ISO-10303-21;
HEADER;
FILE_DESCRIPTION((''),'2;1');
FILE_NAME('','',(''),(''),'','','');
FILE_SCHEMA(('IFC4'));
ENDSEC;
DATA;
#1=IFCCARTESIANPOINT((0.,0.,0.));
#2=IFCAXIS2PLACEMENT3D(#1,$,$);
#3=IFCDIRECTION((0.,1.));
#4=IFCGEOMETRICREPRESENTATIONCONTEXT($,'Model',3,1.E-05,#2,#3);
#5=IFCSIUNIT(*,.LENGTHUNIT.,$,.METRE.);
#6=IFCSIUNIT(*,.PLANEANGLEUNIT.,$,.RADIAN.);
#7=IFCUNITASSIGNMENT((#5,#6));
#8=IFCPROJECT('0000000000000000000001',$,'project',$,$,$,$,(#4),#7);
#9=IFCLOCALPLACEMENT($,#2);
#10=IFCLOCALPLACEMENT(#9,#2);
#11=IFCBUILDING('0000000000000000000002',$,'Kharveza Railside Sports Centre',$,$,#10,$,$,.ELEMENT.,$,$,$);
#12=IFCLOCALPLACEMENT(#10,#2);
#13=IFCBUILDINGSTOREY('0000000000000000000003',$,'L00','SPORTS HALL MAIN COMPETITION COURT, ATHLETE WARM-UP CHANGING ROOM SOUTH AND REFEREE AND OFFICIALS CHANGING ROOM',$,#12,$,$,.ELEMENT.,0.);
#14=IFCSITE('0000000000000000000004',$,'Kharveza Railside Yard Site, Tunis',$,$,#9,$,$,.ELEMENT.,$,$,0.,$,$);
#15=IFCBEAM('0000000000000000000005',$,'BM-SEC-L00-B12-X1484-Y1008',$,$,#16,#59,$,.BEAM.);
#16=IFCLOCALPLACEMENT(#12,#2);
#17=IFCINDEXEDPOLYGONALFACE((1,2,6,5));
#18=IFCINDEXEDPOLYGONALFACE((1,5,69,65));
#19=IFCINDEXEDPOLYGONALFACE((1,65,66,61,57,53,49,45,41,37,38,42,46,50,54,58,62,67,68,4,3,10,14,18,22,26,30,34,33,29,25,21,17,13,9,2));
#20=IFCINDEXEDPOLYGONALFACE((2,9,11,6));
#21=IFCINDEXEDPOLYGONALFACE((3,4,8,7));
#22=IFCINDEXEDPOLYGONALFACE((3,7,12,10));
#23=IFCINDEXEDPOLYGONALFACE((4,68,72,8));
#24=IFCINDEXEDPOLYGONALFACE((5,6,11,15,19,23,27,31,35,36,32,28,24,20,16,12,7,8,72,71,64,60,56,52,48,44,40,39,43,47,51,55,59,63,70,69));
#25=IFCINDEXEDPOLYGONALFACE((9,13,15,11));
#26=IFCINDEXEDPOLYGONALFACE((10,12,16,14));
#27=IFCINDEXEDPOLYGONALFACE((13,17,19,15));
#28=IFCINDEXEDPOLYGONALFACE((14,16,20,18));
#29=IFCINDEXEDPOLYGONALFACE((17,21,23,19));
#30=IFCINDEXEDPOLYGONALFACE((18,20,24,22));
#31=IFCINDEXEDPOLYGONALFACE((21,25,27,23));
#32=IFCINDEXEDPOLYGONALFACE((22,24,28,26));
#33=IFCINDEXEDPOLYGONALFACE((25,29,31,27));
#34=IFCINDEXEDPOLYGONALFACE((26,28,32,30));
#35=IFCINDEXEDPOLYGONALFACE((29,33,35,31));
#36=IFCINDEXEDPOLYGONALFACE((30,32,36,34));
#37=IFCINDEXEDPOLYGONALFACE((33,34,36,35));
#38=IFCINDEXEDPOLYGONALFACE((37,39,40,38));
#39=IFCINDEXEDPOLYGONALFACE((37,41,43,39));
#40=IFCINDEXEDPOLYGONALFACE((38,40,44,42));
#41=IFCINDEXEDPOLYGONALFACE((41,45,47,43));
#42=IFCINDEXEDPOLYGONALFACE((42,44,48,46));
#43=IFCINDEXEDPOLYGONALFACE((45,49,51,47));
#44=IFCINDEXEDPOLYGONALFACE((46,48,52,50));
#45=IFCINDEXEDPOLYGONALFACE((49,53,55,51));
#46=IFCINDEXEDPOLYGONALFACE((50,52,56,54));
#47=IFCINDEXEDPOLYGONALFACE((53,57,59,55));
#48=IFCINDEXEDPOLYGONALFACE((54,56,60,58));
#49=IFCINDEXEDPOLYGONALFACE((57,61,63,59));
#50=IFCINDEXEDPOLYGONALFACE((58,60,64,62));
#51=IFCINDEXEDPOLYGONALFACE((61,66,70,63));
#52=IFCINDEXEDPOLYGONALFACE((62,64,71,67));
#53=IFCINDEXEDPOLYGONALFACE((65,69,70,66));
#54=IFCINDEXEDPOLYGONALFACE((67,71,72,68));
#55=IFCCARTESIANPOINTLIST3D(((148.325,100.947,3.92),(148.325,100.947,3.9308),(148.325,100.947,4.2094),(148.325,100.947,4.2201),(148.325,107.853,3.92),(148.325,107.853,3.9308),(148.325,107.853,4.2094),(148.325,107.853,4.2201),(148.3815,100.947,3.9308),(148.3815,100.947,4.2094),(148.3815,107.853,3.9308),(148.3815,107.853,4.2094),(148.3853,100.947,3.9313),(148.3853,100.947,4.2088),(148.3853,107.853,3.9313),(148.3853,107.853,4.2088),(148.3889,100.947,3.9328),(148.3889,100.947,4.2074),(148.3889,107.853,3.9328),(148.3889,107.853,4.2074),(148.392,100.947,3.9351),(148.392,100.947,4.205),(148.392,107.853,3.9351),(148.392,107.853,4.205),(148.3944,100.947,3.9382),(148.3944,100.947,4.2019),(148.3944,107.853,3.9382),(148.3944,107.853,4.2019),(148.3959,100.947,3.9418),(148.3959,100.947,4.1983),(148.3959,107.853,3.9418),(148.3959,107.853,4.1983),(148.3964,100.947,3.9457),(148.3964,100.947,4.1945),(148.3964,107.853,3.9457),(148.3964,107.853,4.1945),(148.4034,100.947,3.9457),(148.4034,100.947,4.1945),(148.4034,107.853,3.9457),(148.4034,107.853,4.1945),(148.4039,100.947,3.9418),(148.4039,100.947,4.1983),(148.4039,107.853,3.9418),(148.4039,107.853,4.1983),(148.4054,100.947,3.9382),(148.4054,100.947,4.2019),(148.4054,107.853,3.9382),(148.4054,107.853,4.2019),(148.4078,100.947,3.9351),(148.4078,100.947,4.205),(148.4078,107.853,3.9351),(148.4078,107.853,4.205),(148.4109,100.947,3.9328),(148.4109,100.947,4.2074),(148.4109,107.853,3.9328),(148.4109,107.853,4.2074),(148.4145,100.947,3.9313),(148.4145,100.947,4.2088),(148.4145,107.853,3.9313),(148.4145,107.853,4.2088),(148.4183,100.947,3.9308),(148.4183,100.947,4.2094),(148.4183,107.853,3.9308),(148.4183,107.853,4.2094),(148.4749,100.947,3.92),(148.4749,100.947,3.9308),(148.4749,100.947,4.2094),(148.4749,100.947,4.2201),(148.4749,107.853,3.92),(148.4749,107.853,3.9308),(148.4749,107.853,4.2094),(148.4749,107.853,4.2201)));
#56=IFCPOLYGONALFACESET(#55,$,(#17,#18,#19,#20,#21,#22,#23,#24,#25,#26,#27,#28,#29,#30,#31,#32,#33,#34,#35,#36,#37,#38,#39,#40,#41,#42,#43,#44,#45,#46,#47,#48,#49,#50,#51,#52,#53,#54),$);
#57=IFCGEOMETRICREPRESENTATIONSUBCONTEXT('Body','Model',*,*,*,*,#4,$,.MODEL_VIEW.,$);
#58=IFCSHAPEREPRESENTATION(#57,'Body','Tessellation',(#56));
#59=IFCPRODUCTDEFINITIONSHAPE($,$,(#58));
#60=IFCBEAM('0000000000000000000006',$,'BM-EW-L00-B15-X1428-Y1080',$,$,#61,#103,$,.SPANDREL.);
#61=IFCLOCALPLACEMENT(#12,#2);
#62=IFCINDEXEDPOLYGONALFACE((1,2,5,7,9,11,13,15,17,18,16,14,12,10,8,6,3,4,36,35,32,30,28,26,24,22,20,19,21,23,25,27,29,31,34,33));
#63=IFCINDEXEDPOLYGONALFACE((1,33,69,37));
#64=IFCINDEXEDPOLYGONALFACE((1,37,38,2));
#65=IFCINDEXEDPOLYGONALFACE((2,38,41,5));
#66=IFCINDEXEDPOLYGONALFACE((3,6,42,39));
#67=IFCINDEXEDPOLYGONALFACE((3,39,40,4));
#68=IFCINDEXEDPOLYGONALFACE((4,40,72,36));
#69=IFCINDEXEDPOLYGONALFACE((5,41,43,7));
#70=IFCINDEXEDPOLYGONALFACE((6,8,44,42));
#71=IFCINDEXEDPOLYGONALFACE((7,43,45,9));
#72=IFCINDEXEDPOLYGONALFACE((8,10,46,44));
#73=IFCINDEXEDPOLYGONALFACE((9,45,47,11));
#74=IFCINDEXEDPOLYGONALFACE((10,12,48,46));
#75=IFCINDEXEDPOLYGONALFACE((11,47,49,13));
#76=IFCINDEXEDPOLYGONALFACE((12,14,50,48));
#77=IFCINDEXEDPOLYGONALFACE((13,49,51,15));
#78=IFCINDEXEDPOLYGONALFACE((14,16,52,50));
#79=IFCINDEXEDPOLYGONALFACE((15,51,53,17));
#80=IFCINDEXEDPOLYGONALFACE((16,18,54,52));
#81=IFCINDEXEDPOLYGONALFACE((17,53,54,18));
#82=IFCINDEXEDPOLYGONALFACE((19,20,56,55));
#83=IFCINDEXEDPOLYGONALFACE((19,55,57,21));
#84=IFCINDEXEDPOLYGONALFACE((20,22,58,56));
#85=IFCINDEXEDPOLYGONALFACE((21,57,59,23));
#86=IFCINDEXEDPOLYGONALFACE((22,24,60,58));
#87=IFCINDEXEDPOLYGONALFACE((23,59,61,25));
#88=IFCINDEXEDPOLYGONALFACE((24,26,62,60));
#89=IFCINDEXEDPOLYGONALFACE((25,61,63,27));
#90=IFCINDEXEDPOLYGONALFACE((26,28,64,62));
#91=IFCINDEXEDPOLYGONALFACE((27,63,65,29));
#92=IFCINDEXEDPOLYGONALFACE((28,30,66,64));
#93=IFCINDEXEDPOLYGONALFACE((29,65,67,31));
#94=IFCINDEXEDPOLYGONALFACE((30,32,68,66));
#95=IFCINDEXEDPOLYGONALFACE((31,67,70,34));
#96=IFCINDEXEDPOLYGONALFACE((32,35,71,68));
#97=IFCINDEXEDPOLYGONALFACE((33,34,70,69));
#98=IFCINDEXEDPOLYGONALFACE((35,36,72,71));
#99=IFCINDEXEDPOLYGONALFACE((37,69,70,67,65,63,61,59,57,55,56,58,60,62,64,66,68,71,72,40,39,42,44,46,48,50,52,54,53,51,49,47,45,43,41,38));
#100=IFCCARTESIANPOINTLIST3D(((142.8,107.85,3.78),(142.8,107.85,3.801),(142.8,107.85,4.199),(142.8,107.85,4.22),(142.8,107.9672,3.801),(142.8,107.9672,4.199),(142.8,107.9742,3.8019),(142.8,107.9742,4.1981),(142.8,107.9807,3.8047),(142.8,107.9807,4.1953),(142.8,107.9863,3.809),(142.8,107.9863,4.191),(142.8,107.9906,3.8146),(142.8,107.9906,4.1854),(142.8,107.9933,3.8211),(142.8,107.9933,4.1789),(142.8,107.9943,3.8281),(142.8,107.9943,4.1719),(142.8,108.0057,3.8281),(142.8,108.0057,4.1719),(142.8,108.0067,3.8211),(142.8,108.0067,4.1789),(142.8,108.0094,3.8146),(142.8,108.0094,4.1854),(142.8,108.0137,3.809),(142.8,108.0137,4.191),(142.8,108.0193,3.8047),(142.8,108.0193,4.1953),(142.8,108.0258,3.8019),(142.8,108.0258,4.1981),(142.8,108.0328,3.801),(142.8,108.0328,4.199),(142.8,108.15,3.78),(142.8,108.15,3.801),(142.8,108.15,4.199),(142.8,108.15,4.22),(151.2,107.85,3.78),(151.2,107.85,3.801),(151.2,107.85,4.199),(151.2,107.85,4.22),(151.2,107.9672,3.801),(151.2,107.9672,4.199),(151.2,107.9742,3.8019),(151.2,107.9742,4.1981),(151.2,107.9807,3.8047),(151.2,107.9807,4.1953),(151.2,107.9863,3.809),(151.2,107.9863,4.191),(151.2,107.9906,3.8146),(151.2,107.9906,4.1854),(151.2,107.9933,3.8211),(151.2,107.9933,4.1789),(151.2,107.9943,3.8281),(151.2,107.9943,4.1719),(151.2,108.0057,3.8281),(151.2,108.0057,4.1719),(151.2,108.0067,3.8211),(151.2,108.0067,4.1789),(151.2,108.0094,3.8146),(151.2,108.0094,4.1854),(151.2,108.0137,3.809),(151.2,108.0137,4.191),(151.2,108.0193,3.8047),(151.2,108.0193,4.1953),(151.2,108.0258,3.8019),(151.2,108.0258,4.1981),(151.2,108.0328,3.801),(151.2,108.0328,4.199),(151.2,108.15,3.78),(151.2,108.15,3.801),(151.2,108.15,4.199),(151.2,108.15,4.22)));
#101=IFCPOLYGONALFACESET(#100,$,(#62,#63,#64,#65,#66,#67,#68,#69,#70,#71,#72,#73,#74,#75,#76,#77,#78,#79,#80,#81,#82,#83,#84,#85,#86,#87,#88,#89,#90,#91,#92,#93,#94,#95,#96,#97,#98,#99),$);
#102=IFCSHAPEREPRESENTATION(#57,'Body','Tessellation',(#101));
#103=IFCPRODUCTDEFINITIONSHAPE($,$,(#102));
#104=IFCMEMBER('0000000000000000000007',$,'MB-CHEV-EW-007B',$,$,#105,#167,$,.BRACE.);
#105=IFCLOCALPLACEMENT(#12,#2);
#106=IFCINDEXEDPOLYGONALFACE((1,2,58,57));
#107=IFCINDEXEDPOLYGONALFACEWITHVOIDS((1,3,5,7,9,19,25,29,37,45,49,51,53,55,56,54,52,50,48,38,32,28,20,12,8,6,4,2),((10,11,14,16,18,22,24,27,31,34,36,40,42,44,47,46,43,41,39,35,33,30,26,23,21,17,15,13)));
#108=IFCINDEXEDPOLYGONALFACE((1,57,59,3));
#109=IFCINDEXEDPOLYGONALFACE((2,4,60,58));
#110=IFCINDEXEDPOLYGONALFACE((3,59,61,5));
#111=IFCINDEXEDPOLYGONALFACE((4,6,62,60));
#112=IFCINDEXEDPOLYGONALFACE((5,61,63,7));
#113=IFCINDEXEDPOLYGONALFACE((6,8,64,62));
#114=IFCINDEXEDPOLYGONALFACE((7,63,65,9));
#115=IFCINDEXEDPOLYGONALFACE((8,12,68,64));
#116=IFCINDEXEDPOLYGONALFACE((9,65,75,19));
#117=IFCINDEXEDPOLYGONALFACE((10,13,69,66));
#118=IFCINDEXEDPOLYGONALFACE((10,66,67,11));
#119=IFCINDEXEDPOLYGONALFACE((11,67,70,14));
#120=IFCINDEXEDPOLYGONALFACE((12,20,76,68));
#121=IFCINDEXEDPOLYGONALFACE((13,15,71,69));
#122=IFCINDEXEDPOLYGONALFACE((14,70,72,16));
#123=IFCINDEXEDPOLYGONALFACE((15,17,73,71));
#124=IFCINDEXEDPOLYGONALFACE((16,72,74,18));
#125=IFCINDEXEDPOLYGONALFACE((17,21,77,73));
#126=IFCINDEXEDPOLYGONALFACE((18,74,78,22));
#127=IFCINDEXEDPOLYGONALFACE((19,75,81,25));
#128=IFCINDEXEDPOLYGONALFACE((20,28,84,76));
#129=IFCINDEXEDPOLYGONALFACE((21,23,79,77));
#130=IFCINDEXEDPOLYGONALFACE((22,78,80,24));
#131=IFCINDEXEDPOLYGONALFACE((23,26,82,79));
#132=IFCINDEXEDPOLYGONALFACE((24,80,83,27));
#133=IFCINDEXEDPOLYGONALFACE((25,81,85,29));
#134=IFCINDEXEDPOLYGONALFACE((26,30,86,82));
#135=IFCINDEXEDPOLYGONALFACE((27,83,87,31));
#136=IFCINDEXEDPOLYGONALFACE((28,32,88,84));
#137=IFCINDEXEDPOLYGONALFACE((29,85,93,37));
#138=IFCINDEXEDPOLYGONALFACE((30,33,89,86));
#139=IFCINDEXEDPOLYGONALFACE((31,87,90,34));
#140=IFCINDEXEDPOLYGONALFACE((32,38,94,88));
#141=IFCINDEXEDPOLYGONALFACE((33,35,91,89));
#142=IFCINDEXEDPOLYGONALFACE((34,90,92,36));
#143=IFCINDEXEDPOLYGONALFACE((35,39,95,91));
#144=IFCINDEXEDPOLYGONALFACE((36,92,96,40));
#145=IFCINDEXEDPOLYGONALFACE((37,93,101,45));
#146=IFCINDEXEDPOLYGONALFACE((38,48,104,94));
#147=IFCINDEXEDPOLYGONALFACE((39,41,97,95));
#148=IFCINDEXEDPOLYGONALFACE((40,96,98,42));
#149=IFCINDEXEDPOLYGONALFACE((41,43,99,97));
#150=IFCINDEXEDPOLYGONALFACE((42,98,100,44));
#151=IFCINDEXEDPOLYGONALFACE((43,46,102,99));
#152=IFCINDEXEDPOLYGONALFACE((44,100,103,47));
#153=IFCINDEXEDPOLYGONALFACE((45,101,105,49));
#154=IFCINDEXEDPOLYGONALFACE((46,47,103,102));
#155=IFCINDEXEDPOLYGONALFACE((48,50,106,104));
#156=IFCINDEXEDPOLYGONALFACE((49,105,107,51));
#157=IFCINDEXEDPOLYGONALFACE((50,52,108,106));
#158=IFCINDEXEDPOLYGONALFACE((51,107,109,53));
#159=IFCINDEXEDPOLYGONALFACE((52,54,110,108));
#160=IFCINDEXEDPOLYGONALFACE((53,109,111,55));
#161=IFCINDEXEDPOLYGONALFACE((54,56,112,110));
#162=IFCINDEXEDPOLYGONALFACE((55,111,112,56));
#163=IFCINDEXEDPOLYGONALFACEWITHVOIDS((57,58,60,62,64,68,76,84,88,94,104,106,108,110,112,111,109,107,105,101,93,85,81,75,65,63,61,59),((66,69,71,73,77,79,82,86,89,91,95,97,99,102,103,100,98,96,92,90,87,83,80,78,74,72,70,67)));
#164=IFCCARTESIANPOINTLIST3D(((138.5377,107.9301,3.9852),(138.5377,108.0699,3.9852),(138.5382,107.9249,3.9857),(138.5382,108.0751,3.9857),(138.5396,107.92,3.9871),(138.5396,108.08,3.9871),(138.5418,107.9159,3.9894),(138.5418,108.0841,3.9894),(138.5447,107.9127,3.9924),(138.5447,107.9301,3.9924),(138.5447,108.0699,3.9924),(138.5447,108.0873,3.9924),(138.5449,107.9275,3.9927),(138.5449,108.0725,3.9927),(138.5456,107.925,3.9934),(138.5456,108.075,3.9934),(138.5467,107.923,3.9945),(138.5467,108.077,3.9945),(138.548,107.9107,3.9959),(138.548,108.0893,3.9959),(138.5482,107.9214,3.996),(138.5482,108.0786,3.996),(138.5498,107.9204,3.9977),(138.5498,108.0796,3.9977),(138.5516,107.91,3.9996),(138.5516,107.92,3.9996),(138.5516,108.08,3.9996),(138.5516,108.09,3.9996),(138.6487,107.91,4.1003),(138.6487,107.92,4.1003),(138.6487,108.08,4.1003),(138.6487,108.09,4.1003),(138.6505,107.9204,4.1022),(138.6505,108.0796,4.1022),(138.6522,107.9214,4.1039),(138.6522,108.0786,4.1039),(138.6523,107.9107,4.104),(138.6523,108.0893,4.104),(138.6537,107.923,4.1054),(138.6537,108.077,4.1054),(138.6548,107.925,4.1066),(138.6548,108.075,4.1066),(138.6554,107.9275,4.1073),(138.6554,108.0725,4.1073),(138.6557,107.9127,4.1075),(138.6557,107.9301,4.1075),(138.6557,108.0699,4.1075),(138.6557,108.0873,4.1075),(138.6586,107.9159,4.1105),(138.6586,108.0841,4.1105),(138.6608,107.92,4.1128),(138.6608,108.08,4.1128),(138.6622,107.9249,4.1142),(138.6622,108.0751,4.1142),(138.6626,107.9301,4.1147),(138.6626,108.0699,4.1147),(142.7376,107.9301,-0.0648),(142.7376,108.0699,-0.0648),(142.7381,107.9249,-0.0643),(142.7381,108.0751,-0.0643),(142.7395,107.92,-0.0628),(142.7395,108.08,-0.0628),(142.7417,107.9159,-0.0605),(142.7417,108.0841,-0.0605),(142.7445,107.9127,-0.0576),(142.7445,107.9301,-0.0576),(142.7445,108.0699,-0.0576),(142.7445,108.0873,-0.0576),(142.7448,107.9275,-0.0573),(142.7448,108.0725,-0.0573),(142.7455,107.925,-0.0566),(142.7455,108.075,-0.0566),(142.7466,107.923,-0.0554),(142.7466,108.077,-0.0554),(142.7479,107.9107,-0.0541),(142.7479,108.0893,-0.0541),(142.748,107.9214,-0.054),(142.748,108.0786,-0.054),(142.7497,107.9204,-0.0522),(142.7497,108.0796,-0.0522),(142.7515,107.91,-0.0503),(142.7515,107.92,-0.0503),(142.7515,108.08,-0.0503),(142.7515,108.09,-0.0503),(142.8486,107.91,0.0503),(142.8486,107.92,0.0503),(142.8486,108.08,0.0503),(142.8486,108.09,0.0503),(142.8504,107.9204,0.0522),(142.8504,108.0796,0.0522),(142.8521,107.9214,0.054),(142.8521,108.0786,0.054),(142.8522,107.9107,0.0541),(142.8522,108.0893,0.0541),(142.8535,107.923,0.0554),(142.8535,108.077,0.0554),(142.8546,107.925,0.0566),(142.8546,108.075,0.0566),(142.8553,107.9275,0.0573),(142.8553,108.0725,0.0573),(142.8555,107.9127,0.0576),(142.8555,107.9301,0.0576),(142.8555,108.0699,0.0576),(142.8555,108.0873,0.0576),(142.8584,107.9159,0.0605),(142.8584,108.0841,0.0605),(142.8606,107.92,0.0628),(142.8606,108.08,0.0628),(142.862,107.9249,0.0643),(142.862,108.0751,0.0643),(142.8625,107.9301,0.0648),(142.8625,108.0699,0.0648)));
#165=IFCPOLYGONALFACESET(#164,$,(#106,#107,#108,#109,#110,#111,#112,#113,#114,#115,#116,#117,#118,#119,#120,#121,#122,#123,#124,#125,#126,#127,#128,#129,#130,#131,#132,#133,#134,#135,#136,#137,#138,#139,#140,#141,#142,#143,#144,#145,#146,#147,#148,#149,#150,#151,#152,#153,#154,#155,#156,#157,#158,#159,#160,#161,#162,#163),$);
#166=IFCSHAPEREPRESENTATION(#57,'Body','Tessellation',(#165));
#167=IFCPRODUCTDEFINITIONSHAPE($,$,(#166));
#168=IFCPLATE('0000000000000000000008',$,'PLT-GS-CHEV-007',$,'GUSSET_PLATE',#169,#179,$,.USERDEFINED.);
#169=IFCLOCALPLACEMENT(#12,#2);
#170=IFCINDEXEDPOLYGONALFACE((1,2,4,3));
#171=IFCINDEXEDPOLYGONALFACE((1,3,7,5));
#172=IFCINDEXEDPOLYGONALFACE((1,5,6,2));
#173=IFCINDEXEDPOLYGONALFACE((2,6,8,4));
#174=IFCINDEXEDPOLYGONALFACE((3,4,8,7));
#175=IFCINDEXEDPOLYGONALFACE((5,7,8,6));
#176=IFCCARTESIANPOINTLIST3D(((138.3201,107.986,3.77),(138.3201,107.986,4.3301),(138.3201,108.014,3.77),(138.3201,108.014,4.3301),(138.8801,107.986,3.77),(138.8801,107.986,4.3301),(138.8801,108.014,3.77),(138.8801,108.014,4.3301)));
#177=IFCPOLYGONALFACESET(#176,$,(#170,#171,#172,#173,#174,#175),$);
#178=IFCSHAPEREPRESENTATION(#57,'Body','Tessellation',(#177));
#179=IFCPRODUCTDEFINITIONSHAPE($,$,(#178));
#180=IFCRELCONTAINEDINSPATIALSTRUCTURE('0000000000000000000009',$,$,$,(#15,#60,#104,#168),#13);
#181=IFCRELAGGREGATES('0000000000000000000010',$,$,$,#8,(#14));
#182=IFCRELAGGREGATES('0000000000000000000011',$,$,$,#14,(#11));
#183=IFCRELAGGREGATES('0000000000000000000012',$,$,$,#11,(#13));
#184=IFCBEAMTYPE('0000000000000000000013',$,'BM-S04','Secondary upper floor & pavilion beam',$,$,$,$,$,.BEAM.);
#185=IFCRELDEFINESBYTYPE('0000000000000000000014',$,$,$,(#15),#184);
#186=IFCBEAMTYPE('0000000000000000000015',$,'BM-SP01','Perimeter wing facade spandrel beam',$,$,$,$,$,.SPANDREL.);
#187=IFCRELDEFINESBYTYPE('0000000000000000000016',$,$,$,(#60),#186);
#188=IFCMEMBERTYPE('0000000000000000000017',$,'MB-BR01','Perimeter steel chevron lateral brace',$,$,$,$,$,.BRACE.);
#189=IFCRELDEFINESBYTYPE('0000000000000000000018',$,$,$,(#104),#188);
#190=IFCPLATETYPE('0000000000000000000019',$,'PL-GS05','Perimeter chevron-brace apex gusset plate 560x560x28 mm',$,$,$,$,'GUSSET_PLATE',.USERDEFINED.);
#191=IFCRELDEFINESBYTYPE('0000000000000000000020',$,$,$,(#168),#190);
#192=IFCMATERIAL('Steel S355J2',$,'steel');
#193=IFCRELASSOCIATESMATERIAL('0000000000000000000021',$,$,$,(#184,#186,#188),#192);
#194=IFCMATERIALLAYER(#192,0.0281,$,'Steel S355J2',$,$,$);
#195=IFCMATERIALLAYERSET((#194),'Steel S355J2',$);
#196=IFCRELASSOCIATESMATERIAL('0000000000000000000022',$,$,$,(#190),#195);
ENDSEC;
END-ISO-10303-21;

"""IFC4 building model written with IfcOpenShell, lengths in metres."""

from ifc_helpers import new_model, si_unit, direction, frame, origin, origin_2d, place, context, subcontext, project, spatial, rectangle, hollow_rectangle, i_section, extrude, material, layer, layer_set, material_profile, profile_set, type_object, element, save


model = new_model("IFC4")

# Units and contexts
model_context = context("Model", 3, precision=1e-05, world=origin(), true_north=direction((0.0, 1.0)))
body_context = subcontext(model_context, "Body", "Model", "MODEL_VIEW")
ifc_project = project(units=[si_unit("LENGTHUNIT", "METRE"), si_unit("PLANEANGLEUNIT", "RADIAN")], contexts=[model_context])

# Site, building, storey
site_placement = place(None, origin())
site = spatial("IfcSite", under=ifc_project, at=site_placement, Name="Kharveza Railside Yard Site, Tunis", CompositionType="ELEMENT", RefElevation=0.0)
building_placement = place(site_placement, origin())
building = spatial("IfcBuilding", under=site, at=building_placement, Name="Kharveza Railside Sports Centre", CompositionType="ELEMENT")
storey_placement = place(building_placement, origin())
storey = spatial("IfcBuildingStorey", under=building, at=storey_placement, Name="L00", Description="SPORTS HALL MAIN COMPETITION COURT, ATHLETE WARM-UP CHANGING ROOM SOUTH AND REFEREE AND OFFICIALS CHANGING ROOM", CompositionType="ELEMENT", Elevation=0.0)

# Shared definitions
ifc_material_1 = material(Name="Steel S355J2", Category="steel")

# Beams
ifc_material_profile_1 = material_profile(ifc_material_1, i_section(OverallWidth=0.1499, OverallDepth=0.3, WebThickness=0.0071, FlangeThickness=0.0107, FilletRadius=0.0149, at=origin_2d()), Name="IPE 300")
ifc_profile_set_1 = profile_set([ifc_material_profile_1], Name="Steel S355J2")
beam_type_1 = type_object("IfcBeamType", Name="BM-S04", Description="Secondary upper floor & pavilion beam", PredefinedType="BEAM", material=ifc_profile_set_1)
beam_1_placement = place(storey_placement, frame((148.3999, 100.947, 4.0701), z_axis=(0.0, 1.0, 0.0), x_axis=(-1.0, 0.0, 0.0)))
element("IfcBeam", 1, at=beam_1_placement, inside=storey, type_object=beam_type_1, Name="BM-SEC-L00-B12-X1484-Y1008", PredefinedType="BEAM", context=body_context, shape_type="SweptSolid", body=[
    extrude(i_section(OverallWidth=0.1499, OverallDepth=0.3, WebThickness=0.0071, FlangeThickness=0.0107, FilletRadius=0.0149, at=origin_2d()), origin(), (0.0, 0.0, 1.0), 6.906),
])
ifc_material_profile_2 = material_profile(ifc_material_1, i_section(OverallWidth=0.3, OverallDepth=0.4399, WebThickness=0.0115, FlangeThickness=0.021, FilletRadius=0.0271, at=origin_2d()), Name="HEA 450")
ifc_profile_set_2 = profile_set([ifc_material_profile_2], Name="Steel S355J2")
beam_type_2 = type_object("IfcBeamType", Name="BM-SP01", Description="Perimeter wing facade spandrel beam", PredefinedType="SPANDREL", material=ifc_profile_set_2)
beam_2_placement = place(storey_placement, frame((142.8, 108.0, 4.0), z_axis=(1.0, 0.0, 0.0), x_axis=(0.0, 1.0, 0.0)))
element("IfcBeam", 2, at=beam_2_placement, inside=storey, type_object=beam_type_2, Name="BM-EW-L00-B15-X1428-Y1080", PredefinedType="SPANDREL", context=body_context, shape_type="SweptSolid", body=[
    extrude(i_section(OverallWidth=0.3, OverallDepth=0.4399, WebThickness=0.0115, FlangeThickness=0.021, FilletRadius=0.0271, at=origin_2d()), origin(), (0.0, 0.0, 1.0), 8.3999),
])

# Member
ifc_material_profile_3 = material_profile(ifc_material_1, hollow_rectangle(XDim=0.1799, YDim=0.1799, WallThickness=0.01, InnerFilletRadius=0.01, OuterFilletRadius=0.02, at=origin_2d()), Name="SHS 180x180x10.0")
ifc_profile_set_3 = profile_set([ifc_material_profile_3], Name="Steel S355J2")
member_type = type_object("IfcMemberType", Name="MB-BR01", Description="Perimeter steel chevron lateral brace", PredefinedType="BRACE", material=ifc_profile_set_3)
member_placement = place(storey_placement, frame((142.8, 108.0, 0.0), z_axis=(-0.719836, 0.0, 0.694144), x_axis=(0.0, -1.0, 0.0)))
element("IfcMember", 3, at=member_placement, inside=storey, type_object=member_type, Name="MB-CHEV-EW-007B", PredefinedType="BRACE", context=body_context, shape_type="SweptSolid", body=[
    extrude(hollow_rectangle(XDim=0.1799, YDim=0.1799, WallThickness=0.01, InnerFilletRadius=0.01, OuterFilletRadius=0.02, at=origin_2d()), origin(), (0.0, 0.0, 1.0), 5.8345),
])

# Plate
ifc_layer_1 = layer(ifc_material_1, 0.0281, Name="Steel S355J2")
ifc_layer_set_1 = layer_set([ifc_layer_1], Name="Steel S355J2")
plate_type = type_object("IfcPlateType", Name="PL-GS05", Description="Perimeter chevron-brace apex gusset plate 560x560x28 mm", ElementType="GUSSET_PLATE", PredefinedType="USERDEFINED", material=ifc_layer_set_1)
plate_placement = place(storey_placement, frame((138.6001, 108.0, 3.77), z_axis=(0.0, 0.0, 1.0), x_axis=(1.0, 0.0, 0.0)))
element("IfcPlate", 4, at=plate_placement, inside=storey, type_object=plate_type, Name="PLT-GS-CHEV-007", ObjectType="GUSSET_PLATE", PredefinedType="USERDEFINED", context=body_context, shape_type="SweptSolid", body=[
    extrude(rectangle(XDim=0.5601, YDim=0.0281, at=origin_2d()), origin(), (0.0, 0.0, 1.0), 0.5601),
])

save(model, "model.ifc")
